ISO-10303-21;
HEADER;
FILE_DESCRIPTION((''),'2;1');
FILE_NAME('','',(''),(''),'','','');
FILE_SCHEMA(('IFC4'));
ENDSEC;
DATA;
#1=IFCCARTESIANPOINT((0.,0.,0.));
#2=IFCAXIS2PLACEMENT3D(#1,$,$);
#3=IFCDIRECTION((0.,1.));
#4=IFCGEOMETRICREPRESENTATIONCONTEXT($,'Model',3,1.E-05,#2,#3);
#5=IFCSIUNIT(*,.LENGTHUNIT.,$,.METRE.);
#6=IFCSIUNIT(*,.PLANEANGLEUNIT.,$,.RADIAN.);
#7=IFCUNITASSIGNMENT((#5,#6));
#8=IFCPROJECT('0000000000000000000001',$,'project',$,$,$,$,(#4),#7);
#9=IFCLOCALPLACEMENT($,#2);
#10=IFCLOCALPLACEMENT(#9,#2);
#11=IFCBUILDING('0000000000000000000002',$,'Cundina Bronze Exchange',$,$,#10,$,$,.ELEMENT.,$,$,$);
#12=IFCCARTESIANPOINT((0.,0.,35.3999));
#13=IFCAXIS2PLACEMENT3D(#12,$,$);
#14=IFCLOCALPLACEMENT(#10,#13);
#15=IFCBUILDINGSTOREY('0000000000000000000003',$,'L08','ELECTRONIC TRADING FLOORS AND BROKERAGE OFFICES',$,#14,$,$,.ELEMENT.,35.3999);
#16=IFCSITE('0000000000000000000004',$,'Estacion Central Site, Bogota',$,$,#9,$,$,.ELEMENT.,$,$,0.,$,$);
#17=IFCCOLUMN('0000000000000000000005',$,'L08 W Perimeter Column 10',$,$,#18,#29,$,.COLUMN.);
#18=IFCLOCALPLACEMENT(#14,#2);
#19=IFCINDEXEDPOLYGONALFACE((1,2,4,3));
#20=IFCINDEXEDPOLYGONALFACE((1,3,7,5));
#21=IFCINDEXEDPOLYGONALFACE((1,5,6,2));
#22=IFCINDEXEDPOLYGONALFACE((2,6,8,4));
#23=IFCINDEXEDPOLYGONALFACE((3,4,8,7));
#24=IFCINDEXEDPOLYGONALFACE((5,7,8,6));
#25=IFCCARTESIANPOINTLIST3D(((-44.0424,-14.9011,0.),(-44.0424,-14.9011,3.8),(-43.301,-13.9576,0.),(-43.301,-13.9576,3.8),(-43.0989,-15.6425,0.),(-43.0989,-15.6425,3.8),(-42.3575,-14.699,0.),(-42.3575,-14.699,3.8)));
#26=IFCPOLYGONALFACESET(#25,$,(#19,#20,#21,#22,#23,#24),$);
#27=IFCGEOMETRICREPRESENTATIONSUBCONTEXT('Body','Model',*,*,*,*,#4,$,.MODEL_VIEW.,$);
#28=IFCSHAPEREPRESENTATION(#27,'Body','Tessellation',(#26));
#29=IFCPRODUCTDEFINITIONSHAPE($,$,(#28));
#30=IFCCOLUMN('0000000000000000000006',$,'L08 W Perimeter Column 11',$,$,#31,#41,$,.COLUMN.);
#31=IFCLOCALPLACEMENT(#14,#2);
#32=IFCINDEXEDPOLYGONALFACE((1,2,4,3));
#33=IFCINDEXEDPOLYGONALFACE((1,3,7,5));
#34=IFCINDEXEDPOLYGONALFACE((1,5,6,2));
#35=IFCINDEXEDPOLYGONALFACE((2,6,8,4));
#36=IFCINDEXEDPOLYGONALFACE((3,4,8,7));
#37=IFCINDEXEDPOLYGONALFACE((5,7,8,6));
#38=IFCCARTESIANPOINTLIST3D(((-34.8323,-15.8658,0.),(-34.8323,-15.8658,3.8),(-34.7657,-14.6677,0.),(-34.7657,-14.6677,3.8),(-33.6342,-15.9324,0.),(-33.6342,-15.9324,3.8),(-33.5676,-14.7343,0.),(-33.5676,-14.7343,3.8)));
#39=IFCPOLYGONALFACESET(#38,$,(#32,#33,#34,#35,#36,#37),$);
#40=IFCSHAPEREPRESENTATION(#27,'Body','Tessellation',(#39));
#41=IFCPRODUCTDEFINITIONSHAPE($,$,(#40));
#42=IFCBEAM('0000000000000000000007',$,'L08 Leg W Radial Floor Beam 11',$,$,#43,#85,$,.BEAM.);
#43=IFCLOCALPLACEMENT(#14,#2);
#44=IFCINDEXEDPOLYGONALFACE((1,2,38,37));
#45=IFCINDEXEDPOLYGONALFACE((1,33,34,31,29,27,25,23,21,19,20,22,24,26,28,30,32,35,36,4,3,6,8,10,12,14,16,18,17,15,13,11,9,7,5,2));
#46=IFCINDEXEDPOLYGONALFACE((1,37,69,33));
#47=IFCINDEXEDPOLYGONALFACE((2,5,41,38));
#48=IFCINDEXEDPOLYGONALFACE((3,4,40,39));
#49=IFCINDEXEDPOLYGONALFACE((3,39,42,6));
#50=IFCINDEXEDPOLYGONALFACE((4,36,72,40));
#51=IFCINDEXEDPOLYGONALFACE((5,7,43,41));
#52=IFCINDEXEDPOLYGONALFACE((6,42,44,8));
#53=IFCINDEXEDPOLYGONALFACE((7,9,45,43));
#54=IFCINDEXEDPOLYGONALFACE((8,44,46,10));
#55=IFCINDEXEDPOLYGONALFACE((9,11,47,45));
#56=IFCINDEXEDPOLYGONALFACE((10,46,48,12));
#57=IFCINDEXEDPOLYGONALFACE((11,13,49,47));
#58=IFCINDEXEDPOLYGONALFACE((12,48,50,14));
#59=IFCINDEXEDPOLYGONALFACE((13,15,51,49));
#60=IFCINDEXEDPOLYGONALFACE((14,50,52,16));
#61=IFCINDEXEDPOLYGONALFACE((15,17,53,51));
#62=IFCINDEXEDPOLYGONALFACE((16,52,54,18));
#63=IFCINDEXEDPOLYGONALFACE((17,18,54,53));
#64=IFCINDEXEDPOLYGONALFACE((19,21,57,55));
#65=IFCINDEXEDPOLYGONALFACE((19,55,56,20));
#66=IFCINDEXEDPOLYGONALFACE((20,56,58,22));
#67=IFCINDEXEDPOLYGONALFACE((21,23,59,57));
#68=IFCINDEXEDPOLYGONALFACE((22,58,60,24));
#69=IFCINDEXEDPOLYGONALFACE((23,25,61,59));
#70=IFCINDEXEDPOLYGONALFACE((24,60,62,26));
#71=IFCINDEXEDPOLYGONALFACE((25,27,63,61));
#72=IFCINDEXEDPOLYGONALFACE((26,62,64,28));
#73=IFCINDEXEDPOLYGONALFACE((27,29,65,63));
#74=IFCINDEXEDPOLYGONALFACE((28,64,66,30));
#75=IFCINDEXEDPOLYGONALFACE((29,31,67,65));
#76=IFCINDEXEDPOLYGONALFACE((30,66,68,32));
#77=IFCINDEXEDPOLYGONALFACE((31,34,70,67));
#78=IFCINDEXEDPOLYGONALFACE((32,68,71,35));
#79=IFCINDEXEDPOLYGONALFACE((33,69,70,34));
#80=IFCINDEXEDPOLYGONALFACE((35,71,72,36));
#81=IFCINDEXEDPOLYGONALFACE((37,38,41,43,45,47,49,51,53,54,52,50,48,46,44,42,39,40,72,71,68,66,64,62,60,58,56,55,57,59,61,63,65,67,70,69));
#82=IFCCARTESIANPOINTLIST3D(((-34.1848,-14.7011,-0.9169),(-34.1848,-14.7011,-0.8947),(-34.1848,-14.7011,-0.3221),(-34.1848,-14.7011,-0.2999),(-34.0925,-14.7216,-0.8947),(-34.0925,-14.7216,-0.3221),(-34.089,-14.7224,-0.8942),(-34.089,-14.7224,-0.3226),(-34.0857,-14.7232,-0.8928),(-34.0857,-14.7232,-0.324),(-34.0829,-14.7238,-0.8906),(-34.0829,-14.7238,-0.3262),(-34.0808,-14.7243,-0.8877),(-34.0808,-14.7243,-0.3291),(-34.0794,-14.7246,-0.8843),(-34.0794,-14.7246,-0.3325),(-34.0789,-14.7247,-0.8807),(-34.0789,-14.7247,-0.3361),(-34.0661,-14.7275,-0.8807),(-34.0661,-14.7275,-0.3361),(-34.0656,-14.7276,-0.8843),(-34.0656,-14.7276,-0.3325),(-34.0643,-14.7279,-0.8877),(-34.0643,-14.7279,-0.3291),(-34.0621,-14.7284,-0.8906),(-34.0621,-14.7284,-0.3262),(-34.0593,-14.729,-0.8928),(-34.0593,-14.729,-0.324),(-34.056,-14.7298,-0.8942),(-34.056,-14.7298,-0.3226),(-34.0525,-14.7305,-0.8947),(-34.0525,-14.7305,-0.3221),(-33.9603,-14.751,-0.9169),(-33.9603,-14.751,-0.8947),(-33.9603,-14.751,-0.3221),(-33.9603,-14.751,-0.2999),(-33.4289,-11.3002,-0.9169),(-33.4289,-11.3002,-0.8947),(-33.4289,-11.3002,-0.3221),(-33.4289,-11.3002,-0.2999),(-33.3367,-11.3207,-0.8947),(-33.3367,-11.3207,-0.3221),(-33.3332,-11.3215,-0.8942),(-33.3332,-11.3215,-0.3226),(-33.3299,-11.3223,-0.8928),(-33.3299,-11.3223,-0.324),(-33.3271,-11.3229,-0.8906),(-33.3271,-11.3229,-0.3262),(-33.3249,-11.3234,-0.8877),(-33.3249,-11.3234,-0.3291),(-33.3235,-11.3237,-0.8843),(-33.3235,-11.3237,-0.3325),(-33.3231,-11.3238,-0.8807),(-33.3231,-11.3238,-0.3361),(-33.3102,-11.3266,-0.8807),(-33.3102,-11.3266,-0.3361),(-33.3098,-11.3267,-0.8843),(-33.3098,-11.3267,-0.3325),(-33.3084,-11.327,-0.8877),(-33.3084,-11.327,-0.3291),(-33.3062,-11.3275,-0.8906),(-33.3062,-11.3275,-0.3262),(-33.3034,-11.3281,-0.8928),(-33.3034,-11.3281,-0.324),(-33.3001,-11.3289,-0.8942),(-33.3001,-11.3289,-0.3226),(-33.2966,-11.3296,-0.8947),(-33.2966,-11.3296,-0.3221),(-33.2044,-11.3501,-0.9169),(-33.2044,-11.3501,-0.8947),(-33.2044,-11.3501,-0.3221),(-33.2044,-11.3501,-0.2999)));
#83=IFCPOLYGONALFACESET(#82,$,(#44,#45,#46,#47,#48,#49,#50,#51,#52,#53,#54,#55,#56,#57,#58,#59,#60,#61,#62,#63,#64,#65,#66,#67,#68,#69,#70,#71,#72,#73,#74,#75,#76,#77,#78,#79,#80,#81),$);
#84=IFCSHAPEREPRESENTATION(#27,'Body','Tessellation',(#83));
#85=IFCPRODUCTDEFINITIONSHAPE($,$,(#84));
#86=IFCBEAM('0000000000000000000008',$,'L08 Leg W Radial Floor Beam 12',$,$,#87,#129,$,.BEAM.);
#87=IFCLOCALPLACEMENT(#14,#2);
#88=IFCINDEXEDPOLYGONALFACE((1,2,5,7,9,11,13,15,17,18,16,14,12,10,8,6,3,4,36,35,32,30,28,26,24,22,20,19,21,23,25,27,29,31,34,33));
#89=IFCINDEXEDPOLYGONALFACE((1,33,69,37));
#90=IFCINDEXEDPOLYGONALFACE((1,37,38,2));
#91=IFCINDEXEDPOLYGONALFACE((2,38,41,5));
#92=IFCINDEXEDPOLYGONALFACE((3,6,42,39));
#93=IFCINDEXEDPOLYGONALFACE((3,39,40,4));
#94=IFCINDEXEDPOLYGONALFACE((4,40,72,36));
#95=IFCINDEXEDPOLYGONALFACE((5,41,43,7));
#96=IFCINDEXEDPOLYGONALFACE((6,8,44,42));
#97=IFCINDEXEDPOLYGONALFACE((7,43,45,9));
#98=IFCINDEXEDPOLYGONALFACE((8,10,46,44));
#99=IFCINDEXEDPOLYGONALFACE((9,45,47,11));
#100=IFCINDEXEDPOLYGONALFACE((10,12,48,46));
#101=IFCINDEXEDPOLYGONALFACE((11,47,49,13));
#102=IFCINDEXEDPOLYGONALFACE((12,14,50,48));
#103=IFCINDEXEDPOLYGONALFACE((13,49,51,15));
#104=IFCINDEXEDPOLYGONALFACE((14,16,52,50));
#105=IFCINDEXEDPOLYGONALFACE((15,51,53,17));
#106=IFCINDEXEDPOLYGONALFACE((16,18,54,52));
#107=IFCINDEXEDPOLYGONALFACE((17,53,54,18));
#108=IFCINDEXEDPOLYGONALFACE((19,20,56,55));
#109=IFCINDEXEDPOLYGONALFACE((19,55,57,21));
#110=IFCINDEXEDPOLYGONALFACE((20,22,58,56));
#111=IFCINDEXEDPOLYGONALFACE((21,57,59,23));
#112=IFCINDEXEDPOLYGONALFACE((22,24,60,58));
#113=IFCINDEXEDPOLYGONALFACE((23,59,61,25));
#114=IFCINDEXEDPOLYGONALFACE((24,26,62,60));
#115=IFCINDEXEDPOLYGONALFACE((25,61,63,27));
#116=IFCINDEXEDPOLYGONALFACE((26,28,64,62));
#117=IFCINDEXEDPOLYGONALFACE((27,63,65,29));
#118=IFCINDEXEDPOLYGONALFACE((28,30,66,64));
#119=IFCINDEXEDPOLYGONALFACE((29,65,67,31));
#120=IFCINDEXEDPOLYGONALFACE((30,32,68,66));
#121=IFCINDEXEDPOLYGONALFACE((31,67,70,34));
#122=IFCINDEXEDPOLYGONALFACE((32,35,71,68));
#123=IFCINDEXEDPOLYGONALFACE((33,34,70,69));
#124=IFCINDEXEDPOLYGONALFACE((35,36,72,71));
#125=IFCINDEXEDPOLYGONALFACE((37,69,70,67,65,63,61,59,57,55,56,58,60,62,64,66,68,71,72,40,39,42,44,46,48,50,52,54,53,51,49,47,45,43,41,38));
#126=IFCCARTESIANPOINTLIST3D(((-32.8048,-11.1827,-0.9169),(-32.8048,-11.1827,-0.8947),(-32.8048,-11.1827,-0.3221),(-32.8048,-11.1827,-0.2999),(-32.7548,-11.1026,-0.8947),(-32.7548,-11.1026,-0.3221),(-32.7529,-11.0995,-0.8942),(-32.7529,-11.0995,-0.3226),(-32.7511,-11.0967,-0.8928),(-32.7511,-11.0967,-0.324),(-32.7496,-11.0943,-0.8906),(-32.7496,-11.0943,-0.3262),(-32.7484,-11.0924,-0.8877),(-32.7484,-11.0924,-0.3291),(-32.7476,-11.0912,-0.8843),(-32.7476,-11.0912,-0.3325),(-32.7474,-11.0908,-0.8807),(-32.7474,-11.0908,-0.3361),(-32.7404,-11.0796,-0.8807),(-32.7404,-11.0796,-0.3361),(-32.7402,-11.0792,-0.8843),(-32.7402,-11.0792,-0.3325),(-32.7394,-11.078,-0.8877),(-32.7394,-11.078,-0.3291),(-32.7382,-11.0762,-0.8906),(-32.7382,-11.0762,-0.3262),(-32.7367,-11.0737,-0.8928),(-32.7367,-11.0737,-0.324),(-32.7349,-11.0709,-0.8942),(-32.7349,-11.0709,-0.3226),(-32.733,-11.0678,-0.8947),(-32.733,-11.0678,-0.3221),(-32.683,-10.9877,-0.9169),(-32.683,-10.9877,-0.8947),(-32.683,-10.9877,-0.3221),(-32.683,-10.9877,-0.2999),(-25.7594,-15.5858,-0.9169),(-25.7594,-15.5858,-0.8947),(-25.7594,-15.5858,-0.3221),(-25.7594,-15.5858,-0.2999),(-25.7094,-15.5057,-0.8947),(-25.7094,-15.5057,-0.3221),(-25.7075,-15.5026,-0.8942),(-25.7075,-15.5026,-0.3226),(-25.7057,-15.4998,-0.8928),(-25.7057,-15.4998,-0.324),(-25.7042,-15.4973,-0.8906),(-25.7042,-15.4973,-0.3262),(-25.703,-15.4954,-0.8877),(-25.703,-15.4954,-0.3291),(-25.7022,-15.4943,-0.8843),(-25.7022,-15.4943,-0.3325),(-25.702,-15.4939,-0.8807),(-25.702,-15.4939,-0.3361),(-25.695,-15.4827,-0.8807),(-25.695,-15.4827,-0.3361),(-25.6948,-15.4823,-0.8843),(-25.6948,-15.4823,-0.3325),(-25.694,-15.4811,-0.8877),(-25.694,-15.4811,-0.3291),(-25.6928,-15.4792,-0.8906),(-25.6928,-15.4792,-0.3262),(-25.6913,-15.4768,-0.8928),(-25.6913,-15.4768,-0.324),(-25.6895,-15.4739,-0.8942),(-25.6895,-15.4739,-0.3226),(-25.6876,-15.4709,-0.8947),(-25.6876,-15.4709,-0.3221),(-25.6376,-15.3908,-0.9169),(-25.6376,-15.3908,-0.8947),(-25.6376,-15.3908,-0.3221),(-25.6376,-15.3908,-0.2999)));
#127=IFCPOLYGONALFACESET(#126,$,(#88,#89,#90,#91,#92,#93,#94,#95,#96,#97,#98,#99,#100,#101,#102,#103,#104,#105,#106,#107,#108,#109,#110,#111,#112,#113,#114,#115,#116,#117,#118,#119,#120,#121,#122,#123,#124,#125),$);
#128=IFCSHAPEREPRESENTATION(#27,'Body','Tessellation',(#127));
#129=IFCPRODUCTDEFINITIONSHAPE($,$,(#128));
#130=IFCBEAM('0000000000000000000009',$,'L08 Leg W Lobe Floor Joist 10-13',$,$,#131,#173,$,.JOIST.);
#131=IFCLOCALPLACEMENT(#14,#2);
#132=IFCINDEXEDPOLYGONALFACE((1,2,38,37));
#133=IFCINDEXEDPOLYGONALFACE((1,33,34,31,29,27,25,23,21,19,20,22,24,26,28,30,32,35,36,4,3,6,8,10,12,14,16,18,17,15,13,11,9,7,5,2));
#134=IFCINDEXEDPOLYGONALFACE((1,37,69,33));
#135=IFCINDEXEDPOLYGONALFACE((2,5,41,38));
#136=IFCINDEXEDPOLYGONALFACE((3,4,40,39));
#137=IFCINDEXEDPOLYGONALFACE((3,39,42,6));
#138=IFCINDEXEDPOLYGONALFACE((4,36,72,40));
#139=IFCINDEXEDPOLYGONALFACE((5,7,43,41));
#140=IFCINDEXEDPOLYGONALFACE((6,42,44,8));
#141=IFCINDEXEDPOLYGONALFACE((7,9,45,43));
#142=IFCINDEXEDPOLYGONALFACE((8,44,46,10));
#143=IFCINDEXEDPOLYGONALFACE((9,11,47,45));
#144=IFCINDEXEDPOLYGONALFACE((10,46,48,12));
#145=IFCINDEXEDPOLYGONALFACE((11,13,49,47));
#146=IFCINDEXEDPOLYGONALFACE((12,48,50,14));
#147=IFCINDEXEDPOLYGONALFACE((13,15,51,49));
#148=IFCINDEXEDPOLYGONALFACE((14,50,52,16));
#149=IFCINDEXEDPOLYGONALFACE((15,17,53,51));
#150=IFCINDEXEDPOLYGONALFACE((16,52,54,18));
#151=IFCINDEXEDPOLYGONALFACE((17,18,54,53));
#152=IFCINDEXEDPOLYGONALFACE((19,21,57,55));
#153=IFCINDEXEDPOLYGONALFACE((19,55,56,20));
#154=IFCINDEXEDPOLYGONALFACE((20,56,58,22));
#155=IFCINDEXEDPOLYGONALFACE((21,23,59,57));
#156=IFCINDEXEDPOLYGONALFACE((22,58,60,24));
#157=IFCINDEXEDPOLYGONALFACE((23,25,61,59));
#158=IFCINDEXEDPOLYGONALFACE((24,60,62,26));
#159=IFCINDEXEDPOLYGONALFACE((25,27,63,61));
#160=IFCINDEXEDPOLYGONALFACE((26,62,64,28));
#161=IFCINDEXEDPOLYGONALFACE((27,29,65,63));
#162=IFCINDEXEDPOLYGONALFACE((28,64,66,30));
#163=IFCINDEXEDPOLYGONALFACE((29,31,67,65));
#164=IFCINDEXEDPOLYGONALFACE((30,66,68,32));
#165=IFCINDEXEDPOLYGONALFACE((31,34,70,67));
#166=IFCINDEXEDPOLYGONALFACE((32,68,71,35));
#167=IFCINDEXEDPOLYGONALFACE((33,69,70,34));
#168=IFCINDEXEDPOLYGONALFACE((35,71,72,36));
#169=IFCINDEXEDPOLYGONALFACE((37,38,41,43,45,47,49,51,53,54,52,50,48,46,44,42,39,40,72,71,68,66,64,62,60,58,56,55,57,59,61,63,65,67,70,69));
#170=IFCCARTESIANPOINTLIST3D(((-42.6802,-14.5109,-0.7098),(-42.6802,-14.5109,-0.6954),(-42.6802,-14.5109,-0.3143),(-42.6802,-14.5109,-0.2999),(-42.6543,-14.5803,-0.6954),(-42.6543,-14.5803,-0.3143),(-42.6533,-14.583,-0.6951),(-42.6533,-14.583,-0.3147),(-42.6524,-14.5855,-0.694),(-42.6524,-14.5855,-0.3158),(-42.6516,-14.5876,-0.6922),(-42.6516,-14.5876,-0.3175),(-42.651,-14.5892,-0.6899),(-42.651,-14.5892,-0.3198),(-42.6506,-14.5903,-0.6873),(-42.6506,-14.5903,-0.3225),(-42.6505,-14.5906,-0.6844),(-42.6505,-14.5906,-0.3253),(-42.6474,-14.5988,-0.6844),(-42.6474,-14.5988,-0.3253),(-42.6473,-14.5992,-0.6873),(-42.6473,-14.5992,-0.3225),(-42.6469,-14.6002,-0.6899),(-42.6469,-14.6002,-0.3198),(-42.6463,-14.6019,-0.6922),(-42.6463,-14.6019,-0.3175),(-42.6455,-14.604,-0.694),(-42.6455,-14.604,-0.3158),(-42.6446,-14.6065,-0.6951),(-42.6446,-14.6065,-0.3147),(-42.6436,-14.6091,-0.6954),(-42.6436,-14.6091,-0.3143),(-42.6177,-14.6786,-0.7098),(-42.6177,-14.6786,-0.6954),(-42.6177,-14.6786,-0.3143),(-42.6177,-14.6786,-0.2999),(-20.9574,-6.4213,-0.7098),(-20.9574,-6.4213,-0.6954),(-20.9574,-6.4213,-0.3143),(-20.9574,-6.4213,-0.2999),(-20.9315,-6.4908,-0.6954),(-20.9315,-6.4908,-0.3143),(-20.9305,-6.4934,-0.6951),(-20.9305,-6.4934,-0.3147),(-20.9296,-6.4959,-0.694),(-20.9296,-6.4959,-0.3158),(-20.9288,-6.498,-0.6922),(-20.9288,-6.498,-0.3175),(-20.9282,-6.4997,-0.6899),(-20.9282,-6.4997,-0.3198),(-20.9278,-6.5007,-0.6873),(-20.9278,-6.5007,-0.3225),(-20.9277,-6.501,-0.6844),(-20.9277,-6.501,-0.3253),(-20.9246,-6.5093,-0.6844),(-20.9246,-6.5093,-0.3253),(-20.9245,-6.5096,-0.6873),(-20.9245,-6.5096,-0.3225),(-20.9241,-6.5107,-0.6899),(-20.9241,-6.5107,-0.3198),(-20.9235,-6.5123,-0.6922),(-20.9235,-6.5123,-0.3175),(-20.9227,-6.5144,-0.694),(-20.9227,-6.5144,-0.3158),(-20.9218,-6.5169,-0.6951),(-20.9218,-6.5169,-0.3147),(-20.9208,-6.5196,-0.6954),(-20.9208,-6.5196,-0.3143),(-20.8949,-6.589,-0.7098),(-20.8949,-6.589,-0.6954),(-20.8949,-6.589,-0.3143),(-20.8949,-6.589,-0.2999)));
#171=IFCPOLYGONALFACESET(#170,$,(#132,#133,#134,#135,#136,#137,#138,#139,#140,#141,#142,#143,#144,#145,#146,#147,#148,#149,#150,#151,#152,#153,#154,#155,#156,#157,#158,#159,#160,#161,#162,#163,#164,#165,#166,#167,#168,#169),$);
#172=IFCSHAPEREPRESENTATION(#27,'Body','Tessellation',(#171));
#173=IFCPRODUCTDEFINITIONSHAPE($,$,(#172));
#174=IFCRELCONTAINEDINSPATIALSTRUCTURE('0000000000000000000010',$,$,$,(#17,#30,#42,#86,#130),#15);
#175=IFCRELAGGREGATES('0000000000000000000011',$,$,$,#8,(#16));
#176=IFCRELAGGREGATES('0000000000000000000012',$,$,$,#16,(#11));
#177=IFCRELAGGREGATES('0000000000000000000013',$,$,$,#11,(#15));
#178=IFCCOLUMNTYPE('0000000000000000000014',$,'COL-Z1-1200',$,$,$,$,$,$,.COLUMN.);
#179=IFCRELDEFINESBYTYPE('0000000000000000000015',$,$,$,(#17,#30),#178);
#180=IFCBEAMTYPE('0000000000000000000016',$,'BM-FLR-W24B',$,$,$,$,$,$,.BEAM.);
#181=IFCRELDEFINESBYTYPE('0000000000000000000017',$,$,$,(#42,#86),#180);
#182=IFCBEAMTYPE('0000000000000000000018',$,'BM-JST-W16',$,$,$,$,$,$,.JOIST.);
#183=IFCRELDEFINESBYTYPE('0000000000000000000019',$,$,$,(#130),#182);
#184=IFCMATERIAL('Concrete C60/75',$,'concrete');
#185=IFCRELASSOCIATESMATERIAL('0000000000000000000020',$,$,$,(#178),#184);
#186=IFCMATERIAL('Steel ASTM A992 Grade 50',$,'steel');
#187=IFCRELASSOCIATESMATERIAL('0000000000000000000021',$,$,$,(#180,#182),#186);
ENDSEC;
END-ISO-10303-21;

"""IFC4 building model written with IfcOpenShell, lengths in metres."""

from ifc_helpers import new_model, si_unit, direction, frame, origin, origin_2d, place, context, subcontext, project, spatial, rectangle, i_section, extrude, material, material_profile, profile_set, type_object, element, save


model = new_model("IFC4")

# Units and contexts
model_context = context("Model", 3, precision=1e-05, world=origin(), true_north=direction((0.0, 1.0)))
body_context = subcontext(model_context, "Body", "Model", "MODEL_VIEW")
ifc_project = project(units=[si_unit("LENGTHUNIT", "METRE"), si_unit("PLANEANGLEUNIT", "RADIAN")], contexts=[model_context])

# Site, building, storey
site_placement = place(None, origin())
site = spatial("IfcSite", under=ifc_project, at=site_placement, Name="Estacion Central Site, Bogota", CompositionType="ELEMENT", RefElevation=0.0)
building_placement = place(site_placement, origin())
building = spatial("IfcBuilding", under=site, at=building_placement, Name="Cundina Bronze Exchange", CompositionType="ELEMENT")
storey_placement = place(building_placement, frame((0.0, 0.0, 35.3999)))
storey = spatial("IfcBuildingStorey", under=building, at=storey_placement, Name="L08", Description="ELECTRONIC TRADING FLOORS AND BROKERAGE OFFICES", CompositionType="ELEMENT", Elevation=35.3999)

# Columns
ifc_material_1 = material(Name="Concrete C60/75", Category="concrete")
ifc_material_profile_1 = material_profile(ifc_material_1, rectangle(XDim=1.2, YDim=1.2, at=origin_2d()), Name="RC1200X1200", Category="concrete")
ifc_profile_set_1 = profile_set([ifc_material_profile_1], Name="Concrete C60/75")
column_type = type_object("IfcColumnType", Name="COL-Z1-1200", PredefinedType="COLUMN", material=ifc_profile_set_1)
for number, where, z_axis, x_axis, name in (
    (1, (-43.2, -14.8, 0.0), (0.0, 0.0, 1.0), (0.786288, -0.61786, 0.0), "L08 W Perimeter Column 10"),
    (2, (-34.2, -15.3, 0.0), (0.0, 0.0, 1.0), (0.99846, -0.055473, 0.0), "L08 W Perimeter Column 11"),
):
    element("IfcColumn", number, at=place(storey_placement, frame(where, z_axis=z_axis, x_axis=x_axis)), inside=storey, type_object=column_type, Name=name, PredefinedType="COLUMN", context=body_context, shape_type="SweptSolid", body=[
        extrude(rectangle(XDim=1.2, YDim=1.2, at=origin_2d()), origin(), (0.0, 0.0, 1.0), 3.8),
    ])

# Beams
ifc_material_2 = material(Name="Steel ASTM A992 Grade 50", Category="steel")
ifc_material_profile_2 = material_profile(ifc_material_2, i_section(OverallWidth=0.23, OverallDepth=0.6169, WebThickness=0.0132, FlangeThickness=0.0222, FilletRadius=0.0139, at=origin_2d()), Name="W24X94", Category="steel")
ifc_profile_set_2 = profile_set([ifc_material_profile_2], Name="Steel ASTM A992 Grade 50")
beam_type_1 = type_object("IfcBeamType", Name="BM-FLR-W24B", PredefinedType="BEAM", material=ifc_profile_set_2)
beam_1_placement = place(storey_placement, frame((-33.3167, -11.3252, -0.6084), z_axis=(-0.21696, -0.97618, 0.0), x_axis=(0.97618, -0.21696, 0.0)))
element("IfcBeam", 3, at=beam_1_placement, inside=storey, type_object=beam_type_1, Name="L08 Leg W Radial Floor Beam 11", PredefinedType="BEAM", context=body_context, shape_type="SweptSolid", body=[
    extrude(i_section(OverallWidth=0.23, OverallDepth=0.6169, WebThickness=0.0132, FlangeThickness=0.0222, FilletRadius=0.0139, at=origin_2d()), origin(), (0.0, 0.0, 1.0), 3.4839),
])
beam_2_placement = place(storey_placement, frame((-32.7439, -11.0852, -0.6084), z_axis=(0.848015, -0.529973, 0.0), x_axis=(0.529973, 0.848015, 0.0)))
element("IfcBeam", 4, at=beam_2_placement, inside=storey, type_object=beam_type_1, Name="L08 Leg W Radial Floor Beam 12", PredefinedType="BEAM", context=body_context, shape_type="SweptSolid", body=[
    extrude(i_section(OverallWidth=0.23, OverallDepth=0.6169, WebThickness=0.0132, FlangeThickness=0.0222, FilletRadius=0.0139, at=origin_2d()), origin(), (0.0, 0.0, 1.0), 8.3081),
])
ifc_material_profile_3 = material_profile(ifc_material_2, i_section(OverallWidth=0.179, OverallDepth=0.4099, WebThickness=0.0088, FlangeThickness=0.0144, FilletRadius=0.011, at=origin_2d()), Name="W16X45", Category="steel")
ifc_profile_set_3 = profile_set([ifc_material_profile_3], Name="Steel ASTM A992 Grade 50")
beam_type_2 = type_object("IfcBeamType", Name="BM-JST-W16", PredefinedType="JOIST", material=ifc_profile_set_3)
beam_3_placement = place(storey_placement, frame((-42.6489, -14.5947, -0.5049), z_axis=(0.937128, 0.348986, 0.0), x_axis=(-0.348986, 0.937128, 0.0)))
element("IfcBeam", 5, at=beam_3_placement, inside=storey, type_object=beam_type_2, Name="L08 Leg W Lobe Floor Joist 10-13", PredefinedType="JOIST", context=body_context, shape_type="SweptSolid", body=[
    extrude(i_section(OverallWidth=0.179, OverallDepth=0.4099, WebThickness=0.0088, FlangeThickness=0.0144, FilletRadius=0.011, at=origin_2d()), origin(), (0.0, 0.0, 1.0), 23.1802),
])

save(model, "model.ifc")
